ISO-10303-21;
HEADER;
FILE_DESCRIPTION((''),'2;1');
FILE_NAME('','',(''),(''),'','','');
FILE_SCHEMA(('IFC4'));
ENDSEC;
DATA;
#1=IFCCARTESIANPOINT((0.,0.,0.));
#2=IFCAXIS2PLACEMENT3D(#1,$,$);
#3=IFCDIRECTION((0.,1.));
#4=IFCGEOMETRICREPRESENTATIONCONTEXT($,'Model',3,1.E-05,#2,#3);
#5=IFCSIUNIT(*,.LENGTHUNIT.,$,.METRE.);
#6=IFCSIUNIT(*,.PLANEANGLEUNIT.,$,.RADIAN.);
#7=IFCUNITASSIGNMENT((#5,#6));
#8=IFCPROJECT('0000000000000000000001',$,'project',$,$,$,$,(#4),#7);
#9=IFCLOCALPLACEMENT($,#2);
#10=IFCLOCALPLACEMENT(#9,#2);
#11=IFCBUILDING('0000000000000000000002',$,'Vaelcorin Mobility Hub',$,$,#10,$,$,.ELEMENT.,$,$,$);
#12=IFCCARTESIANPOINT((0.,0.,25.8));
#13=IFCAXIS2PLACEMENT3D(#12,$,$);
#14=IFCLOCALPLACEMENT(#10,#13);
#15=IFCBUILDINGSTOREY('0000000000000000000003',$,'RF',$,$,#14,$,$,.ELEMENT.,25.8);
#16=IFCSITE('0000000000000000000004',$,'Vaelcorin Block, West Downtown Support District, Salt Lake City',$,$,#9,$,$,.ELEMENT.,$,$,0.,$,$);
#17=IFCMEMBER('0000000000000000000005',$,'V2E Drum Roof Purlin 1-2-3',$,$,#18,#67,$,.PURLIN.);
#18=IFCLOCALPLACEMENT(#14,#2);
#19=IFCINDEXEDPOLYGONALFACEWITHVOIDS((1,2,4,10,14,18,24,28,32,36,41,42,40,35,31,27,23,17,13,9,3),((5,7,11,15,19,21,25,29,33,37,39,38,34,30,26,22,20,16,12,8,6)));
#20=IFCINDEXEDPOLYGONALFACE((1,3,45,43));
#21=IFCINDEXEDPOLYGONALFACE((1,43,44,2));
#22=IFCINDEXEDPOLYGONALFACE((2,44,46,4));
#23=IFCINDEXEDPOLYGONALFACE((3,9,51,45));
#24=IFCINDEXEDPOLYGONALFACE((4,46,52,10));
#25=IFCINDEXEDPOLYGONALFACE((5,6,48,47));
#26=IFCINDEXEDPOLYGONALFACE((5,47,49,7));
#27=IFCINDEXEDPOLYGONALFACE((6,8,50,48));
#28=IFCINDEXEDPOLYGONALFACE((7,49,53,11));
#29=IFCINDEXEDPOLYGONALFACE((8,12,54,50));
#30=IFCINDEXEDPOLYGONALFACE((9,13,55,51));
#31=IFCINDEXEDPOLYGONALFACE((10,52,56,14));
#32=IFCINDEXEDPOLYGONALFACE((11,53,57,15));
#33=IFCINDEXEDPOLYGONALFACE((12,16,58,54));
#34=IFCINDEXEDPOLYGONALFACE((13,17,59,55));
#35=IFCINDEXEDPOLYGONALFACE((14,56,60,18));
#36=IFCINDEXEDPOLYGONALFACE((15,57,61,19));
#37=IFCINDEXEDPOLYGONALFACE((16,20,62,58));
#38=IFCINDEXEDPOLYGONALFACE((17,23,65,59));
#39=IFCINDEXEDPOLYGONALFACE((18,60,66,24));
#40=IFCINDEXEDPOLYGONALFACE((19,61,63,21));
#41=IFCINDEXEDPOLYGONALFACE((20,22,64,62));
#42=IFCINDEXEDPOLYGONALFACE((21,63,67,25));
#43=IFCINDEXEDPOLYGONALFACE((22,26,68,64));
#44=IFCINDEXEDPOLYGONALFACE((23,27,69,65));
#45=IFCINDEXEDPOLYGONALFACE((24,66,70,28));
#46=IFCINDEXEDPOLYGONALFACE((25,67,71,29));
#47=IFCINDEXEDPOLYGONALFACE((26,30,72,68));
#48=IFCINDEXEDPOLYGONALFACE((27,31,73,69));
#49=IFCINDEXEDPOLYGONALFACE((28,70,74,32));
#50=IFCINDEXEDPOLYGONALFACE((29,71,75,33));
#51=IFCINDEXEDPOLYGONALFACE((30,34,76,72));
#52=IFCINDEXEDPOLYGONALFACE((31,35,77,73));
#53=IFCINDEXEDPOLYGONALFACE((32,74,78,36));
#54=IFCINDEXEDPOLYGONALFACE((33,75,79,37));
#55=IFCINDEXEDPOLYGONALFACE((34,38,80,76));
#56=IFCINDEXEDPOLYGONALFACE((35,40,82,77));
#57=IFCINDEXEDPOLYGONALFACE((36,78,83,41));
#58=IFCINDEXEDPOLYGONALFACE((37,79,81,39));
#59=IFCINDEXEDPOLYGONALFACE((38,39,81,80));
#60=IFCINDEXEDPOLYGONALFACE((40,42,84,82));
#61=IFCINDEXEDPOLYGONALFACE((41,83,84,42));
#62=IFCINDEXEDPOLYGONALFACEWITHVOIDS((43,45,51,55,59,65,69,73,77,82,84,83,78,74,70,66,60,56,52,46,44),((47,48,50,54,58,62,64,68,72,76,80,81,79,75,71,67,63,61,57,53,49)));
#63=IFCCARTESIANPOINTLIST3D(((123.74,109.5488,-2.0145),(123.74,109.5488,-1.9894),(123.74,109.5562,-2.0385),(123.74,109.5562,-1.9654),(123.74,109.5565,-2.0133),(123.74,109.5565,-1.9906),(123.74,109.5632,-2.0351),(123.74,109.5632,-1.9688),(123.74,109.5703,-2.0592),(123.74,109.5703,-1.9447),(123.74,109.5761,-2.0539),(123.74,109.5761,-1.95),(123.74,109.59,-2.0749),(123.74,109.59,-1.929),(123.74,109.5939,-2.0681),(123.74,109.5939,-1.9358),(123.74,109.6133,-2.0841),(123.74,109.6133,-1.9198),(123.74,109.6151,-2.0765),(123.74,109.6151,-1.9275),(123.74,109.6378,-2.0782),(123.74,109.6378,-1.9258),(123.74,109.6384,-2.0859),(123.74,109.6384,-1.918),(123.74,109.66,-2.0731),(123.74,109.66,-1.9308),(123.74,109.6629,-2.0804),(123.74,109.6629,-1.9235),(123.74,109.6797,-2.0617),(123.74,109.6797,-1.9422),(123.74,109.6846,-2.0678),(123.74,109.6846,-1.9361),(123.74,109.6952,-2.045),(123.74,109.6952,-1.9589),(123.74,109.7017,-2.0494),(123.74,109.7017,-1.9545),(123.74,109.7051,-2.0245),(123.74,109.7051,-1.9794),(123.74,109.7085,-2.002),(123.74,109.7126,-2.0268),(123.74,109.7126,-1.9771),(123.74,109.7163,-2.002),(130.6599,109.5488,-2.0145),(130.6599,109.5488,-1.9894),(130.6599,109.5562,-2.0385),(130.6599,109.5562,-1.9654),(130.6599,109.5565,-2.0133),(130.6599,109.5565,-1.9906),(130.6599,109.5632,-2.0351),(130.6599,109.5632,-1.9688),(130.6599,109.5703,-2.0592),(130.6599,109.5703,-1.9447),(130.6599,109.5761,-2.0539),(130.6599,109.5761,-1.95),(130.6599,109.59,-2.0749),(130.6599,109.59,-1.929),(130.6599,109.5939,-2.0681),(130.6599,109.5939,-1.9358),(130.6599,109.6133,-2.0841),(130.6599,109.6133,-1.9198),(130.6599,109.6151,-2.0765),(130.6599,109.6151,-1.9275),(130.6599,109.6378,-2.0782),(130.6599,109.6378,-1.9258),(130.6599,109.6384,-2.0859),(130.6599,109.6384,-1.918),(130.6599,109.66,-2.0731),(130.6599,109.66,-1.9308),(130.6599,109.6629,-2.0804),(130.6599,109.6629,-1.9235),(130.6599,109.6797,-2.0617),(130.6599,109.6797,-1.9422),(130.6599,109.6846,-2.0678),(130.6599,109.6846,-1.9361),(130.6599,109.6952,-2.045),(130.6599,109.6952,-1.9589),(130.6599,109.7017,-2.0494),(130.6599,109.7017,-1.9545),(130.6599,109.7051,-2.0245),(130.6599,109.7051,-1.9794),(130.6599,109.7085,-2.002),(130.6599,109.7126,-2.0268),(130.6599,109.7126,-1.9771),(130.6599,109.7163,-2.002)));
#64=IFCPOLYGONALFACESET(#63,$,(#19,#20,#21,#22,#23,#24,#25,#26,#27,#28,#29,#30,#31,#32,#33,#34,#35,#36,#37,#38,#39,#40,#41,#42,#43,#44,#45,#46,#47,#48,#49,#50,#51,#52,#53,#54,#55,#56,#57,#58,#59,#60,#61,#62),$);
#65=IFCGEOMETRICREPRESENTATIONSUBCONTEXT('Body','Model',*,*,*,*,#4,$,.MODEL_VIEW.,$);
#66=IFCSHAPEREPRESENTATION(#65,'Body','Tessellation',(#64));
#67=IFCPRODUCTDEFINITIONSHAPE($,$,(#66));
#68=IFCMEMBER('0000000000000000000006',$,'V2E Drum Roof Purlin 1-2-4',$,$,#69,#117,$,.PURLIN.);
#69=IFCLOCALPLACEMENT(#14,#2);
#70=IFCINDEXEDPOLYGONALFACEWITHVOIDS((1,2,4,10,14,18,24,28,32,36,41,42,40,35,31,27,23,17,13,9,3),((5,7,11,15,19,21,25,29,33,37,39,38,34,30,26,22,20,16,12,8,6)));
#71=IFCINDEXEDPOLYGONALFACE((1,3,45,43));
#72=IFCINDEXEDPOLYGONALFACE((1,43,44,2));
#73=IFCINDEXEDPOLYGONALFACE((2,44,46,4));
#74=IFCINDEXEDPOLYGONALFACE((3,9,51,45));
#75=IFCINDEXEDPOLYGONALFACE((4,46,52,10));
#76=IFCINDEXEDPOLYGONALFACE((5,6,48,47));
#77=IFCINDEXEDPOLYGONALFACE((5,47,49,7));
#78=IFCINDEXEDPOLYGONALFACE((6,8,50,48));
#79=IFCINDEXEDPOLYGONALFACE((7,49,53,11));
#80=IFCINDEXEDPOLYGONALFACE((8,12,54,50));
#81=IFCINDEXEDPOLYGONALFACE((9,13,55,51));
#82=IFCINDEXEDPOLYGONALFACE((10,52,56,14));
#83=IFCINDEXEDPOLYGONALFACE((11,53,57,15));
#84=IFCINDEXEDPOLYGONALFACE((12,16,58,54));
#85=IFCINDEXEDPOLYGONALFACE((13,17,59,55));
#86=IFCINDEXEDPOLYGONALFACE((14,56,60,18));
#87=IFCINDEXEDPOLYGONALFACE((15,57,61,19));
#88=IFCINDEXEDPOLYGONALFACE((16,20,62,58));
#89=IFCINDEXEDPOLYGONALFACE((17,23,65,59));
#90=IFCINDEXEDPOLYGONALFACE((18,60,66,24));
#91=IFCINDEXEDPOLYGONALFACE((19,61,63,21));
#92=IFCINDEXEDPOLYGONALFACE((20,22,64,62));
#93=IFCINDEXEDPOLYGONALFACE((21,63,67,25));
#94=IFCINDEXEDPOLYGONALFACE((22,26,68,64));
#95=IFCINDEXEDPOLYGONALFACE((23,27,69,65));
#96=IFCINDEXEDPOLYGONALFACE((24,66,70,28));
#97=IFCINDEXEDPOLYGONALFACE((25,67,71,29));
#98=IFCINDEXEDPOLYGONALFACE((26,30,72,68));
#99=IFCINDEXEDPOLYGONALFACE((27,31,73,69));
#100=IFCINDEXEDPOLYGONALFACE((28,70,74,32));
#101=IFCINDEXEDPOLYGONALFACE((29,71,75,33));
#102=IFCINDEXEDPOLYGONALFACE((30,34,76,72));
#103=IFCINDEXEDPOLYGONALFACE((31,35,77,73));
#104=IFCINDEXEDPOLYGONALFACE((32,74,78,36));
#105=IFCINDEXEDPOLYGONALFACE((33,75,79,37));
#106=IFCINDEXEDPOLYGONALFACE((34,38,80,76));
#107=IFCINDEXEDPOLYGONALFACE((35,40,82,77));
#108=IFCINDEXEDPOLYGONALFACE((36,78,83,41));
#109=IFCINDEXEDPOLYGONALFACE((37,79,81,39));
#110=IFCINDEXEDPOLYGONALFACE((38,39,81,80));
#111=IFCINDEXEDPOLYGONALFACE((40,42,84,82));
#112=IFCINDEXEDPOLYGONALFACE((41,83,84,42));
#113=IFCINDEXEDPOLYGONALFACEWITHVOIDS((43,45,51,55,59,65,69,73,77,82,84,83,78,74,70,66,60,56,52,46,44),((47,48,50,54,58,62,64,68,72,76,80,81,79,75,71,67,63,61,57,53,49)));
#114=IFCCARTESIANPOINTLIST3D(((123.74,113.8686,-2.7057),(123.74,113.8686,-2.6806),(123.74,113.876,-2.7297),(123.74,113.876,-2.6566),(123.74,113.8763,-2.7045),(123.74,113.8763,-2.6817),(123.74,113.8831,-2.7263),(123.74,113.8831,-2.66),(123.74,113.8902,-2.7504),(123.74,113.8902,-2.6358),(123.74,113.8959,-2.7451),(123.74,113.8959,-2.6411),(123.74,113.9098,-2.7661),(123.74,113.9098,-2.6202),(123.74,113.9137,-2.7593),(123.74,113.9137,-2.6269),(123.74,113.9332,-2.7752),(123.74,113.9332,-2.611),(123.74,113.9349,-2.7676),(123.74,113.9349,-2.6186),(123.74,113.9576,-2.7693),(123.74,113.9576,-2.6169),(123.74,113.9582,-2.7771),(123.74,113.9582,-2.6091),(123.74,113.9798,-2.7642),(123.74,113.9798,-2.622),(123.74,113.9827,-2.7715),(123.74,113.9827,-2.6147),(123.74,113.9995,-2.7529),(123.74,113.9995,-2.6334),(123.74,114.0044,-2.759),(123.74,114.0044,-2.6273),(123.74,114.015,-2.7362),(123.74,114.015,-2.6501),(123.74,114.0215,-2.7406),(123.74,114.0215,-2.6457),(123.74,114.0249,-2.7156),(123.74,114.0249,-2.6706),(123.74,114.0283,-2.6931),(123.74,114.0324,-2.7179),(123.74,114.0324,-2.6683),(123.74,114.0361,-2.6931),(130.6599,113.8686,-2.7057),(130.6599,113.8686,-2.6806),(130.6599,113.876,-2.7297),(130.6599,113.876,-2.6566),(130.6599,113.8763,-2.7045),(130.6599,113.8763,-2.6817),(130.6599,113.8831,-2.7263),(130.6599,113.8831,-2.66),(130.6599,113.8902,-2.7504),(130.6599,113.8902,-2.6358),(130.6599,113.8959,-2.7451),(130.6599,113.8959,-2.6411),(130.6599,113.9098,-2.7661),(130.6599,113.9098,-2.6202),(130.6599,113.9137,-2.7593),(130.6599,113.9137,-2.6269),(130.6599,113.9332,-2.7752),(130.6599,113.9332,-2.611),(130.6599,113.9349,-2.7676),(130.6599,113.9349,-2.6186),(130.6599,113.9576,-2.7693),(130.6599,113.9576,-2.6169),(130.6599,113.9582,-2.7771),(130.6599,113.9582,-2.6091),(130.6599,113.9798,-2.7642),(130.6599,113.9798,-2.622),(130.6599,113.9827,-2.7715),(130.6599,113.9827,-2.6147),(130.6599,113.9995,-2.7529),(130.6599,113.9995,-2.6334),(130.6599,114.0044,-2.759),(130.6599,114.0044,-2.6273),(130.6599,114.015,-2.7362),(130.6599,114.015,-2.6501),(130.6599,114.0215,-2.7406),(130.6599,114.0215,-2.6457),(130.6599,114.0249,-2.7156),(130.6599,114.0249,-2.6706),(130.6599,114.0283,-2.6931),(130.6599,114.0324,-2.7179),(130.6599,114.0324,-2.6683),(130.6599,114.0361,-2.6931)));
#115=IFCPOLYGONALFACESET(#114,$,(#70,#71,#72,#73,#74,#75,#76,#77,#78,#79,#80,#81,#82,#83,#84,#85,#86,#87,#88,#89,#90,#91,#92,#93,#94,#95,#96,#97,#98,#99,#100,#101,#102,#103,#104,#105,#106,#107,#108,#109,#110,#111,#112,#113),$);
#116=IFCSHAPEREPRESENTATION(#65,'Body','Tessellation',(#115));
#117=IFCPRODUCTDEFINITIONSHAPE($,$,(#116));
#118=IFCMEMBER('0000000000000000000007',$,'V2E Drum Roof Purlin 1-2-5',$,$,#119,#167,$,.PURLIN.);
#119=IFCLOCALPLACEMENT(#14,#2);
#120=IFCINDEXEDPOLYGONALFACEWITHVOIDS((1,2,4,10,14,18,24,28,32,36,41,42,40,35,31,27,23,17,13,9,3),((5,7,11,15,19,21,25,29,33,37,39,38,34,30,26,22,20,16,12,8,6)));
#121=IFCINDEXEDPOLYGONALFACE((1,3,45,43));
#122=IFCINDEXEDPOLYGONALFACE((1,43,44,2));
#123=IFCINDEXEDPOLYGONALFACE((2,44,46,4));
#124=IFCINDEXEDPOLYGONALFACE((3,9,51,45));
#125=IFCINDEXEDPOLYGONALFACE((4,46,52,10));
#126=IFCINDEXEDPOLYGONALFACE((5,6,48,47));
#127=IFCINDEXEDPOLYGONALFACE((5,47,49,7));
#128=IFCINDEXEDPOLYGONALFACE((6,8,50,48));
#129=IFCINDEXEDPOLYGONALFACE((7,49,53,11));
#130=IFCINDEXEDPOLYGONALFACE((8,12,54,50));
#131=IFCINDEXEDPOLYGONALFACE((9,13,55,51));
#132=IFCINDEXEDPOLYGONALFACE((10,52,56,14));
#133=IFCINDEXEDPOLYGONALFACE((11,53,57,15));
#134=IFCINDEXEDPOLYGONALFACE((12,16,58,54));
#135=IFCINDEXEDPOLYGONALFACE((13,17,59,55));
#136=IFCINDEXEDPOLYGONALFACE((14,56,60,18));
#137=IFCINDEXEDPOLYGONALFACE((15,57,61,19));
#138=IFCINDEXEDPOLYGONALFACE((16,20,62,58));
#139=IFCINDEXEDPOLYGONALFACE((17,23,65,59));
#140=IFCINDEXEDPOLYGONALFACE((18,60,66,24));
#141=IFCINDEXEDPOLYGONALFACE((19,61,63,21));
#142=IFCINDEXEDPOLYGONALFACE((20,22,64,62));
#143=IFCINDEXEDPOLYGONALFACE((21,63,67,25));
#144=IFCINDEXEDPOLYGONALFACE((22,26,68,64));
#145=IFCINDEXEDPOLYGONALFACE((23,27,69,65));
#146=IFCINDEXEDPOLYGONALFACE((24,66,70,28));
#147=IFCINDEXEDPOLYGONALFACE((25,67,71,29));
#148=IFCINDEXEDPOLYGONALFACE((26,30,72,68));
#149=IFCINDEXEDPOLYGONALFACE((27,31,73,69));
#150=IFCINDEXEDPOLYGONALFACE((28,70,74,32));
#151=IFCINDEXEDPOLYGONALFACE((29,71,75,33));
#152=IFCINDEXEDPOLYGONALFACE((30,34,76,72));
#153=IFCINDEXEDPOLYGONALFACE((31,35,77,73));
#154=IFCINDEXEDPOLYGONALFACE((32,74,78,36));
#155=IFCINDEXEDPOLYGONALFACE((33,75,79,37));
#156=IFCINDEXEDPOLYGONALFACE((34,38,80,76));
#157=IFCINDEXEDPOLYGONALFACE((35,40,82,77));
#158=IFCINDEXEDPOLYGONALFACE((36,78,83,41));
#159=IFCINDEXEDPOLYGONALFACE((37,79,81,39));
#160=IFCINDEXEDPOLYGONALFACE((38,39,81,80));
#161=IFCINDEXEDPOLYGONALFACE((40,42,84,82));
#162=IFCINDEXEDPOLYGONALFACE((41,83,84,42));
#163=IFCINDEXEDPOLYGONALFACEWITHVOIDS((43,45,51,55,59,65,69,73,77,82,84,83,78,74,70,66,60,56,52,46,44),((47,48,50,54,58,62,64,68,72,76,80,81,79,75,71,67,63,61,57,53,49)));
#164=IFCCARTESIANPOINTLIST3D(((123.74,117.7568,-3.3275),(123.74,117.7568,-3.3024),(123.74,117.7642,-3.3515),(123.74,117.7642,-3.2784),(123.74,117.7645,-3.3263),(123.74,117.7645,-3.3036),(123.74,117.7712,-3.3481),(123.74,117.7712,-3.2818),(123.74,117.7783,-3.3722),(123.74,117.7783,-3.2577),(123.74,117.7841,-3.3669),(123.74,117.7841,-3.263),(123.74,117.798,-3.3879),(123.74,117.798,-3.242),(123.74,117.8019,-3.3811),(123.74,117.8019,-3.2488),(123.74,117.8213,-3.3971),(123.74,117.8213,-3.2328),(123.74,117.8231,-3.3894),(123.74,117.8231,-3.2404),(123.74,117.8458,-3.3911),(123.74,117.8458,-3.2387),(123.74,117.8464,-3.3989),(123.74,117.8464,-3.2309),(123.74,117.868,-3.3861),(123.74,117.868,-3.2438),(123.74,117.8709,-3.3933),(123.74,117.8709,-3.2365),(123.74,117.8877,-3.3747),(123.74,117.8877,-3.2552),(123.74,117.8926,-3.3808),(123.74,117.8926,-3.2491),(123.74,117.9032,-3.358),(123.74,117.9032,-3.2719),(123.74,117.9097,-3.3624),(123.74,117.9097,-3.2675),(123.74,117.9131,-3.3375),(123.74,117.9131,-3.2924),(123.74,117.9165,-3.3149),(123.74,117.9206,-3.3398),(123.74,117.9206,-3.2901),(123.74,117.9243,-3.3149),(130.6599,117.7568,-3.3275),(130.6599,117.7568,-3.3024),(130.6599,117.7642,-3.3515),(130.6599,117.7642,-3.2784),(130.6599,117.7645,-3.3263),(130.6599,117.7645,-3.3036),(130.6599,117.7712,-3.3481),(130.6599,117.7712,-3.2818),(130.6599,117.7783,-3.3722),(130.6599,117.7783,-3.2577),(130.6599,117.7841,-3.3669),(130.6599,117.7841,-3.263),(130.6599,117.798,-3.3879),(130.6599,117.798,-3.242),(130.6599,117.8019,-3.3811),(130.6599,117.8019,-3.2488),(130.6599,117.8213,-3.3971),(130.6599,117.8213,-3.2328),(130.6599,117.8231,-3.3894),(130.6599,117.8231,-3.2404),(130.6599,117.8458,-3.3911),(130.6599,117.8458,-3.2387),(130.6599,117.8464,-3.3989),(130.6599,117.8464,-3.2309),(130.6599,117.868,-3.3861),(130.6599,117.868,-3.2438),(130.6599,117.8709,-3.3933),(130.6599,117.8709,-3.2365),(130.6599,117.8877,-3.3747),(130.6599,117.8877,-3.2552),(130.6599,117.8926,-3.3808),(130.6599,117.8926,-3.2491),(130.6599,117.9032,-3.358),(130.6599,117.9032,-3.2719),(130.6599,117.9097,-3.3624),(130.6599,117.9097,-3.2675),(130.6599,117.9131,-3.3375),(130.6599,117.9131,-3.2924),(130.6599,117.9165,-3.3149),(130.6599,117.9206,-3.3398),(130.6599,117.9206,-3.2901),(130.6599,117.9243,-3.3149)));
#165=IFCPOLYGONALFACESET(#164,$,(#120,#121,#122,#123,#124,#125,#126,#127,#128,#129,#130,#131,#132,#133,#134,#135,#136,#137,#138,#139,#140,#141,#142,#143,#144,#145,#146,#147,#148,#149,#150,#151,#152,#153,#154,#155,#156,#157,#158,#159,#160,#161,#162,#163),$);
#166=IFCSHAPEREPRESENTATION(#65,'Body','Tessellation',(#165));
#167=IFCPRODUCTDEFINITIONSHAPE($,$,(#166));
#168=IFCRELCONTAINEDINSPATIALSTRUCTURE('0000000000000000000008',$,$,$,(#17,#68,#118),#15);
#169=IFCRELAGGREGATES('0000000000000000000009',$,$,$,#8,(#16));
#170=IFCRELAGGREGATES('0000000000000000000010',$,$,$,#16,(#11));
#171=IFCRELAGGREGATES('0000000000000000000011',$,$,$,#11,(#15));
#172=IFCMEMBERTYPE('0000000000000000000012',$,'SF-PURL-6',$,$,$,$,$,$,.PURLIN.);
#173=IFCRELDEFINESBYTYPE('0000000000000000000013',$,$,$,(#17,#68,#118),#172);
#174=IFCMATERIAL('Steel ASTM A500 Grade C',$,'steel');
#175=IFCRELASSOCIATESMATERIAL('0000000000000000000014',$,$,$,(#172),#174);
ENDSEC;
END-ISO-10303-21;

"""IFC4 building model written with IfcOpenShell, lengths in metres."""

from ifc_helpers import new_model, si_unit, direction, frame, origin, origin_2d, place, context, subcontext, project, spatial, hollow_circle, extrude, material, material_profile, profile_set, type_object, element, save


model = new_model("IFC4")

# Units and contexts
model_context = context("Model", 3, precision=1e-05, world=origin(), true_north=direction((0.0, 1.0)))
body_context = subcontext(model_context, "Body", "Model", "MODEL_VIEW")
ifc_project = project(units=[si_unit("LENGTHUNIT", "METRE"), si_unit("PLANEANGLEUNIT", "RADIAN")], contexts=[model_context])

# Site, building, storey
site_placement = place(None, origin())
site = spatial("IfcSite", under=ifc_project, at=site_placement, Name="Vaelcorin Block, West Downtown Support District, Salt Lake City", CompositionType="ELEMENT", RefElevation=0.0)
building_placement = place(site_placement, origin())
building = spatial("IfcBuilding", under=site, at=building_placement, Name="Vaelcorin Mobility Hub", CompositionType="ELEMENT")
storey_placement = place(building_placement, frame((0.0, 0.0, 25.8)))
storey = spatial("IfcBuildingStorey", under=building, at=storey_placement, Name="RF", CompositionType="ELEMENT", Elevation=25.8)

# Members
ifc_material_1 = material(Name="Steel ASTM A500 Grade C", Category="steel")
ifc_material_profile_1 = material_profile(ifc_material_1, hollow_circle(Radius=0.0842, WallThickness=0.0078, at=origin_2d()), Name="HSS6.625X0.312")
ifc_profile_set_1 = profile_set([ifc_material_profile_1], Name="Steel ASTM A500 Grade C")
member_type_1 = type_object("IfcMemberType", Name="SF-PURL-6", PredefinedType="PURLIN", material=ifc_profile_set_1)
for number, where, z_axis, x_axis, name in (
    (1, (123.74, 109.6321, -2.002), (1.0, 0.0, 0.0), (0.0, 1.0, 0.0), "V2E Drum Roof Purlin 1-2-3"),
    (2, (123.74, 113.9519, -2.6931), (1.0, 0.0, 0.0), (0.0, 1.0, 0.0), "V2E Drum Roof Purlin 1-2-4"),
    (3, (123.74, 117.8401, -3.3149), (1.0, 0.0, 0.0), (0.0, 1.0, 0.0), "V2E Drum Roof Purlin 1-2-5"),
):
    element("IfcMember", number, at=place(storey_placement, frame(where, z_axis=z_axis, x_axis=x_axis)), inside=storey, type_object=member_type_1, Name=name, PredefinedType="PURLIN", context=body_context, shape_type="SweptSolid", body=[
        extrude(hollow_circle(Radius=0.0842, WallThickness=0.0078, at=origin_2d()), origin(), (0.0, 0.0, 1.0), 6.9199),
    ])

save(model, "model.ifc")
